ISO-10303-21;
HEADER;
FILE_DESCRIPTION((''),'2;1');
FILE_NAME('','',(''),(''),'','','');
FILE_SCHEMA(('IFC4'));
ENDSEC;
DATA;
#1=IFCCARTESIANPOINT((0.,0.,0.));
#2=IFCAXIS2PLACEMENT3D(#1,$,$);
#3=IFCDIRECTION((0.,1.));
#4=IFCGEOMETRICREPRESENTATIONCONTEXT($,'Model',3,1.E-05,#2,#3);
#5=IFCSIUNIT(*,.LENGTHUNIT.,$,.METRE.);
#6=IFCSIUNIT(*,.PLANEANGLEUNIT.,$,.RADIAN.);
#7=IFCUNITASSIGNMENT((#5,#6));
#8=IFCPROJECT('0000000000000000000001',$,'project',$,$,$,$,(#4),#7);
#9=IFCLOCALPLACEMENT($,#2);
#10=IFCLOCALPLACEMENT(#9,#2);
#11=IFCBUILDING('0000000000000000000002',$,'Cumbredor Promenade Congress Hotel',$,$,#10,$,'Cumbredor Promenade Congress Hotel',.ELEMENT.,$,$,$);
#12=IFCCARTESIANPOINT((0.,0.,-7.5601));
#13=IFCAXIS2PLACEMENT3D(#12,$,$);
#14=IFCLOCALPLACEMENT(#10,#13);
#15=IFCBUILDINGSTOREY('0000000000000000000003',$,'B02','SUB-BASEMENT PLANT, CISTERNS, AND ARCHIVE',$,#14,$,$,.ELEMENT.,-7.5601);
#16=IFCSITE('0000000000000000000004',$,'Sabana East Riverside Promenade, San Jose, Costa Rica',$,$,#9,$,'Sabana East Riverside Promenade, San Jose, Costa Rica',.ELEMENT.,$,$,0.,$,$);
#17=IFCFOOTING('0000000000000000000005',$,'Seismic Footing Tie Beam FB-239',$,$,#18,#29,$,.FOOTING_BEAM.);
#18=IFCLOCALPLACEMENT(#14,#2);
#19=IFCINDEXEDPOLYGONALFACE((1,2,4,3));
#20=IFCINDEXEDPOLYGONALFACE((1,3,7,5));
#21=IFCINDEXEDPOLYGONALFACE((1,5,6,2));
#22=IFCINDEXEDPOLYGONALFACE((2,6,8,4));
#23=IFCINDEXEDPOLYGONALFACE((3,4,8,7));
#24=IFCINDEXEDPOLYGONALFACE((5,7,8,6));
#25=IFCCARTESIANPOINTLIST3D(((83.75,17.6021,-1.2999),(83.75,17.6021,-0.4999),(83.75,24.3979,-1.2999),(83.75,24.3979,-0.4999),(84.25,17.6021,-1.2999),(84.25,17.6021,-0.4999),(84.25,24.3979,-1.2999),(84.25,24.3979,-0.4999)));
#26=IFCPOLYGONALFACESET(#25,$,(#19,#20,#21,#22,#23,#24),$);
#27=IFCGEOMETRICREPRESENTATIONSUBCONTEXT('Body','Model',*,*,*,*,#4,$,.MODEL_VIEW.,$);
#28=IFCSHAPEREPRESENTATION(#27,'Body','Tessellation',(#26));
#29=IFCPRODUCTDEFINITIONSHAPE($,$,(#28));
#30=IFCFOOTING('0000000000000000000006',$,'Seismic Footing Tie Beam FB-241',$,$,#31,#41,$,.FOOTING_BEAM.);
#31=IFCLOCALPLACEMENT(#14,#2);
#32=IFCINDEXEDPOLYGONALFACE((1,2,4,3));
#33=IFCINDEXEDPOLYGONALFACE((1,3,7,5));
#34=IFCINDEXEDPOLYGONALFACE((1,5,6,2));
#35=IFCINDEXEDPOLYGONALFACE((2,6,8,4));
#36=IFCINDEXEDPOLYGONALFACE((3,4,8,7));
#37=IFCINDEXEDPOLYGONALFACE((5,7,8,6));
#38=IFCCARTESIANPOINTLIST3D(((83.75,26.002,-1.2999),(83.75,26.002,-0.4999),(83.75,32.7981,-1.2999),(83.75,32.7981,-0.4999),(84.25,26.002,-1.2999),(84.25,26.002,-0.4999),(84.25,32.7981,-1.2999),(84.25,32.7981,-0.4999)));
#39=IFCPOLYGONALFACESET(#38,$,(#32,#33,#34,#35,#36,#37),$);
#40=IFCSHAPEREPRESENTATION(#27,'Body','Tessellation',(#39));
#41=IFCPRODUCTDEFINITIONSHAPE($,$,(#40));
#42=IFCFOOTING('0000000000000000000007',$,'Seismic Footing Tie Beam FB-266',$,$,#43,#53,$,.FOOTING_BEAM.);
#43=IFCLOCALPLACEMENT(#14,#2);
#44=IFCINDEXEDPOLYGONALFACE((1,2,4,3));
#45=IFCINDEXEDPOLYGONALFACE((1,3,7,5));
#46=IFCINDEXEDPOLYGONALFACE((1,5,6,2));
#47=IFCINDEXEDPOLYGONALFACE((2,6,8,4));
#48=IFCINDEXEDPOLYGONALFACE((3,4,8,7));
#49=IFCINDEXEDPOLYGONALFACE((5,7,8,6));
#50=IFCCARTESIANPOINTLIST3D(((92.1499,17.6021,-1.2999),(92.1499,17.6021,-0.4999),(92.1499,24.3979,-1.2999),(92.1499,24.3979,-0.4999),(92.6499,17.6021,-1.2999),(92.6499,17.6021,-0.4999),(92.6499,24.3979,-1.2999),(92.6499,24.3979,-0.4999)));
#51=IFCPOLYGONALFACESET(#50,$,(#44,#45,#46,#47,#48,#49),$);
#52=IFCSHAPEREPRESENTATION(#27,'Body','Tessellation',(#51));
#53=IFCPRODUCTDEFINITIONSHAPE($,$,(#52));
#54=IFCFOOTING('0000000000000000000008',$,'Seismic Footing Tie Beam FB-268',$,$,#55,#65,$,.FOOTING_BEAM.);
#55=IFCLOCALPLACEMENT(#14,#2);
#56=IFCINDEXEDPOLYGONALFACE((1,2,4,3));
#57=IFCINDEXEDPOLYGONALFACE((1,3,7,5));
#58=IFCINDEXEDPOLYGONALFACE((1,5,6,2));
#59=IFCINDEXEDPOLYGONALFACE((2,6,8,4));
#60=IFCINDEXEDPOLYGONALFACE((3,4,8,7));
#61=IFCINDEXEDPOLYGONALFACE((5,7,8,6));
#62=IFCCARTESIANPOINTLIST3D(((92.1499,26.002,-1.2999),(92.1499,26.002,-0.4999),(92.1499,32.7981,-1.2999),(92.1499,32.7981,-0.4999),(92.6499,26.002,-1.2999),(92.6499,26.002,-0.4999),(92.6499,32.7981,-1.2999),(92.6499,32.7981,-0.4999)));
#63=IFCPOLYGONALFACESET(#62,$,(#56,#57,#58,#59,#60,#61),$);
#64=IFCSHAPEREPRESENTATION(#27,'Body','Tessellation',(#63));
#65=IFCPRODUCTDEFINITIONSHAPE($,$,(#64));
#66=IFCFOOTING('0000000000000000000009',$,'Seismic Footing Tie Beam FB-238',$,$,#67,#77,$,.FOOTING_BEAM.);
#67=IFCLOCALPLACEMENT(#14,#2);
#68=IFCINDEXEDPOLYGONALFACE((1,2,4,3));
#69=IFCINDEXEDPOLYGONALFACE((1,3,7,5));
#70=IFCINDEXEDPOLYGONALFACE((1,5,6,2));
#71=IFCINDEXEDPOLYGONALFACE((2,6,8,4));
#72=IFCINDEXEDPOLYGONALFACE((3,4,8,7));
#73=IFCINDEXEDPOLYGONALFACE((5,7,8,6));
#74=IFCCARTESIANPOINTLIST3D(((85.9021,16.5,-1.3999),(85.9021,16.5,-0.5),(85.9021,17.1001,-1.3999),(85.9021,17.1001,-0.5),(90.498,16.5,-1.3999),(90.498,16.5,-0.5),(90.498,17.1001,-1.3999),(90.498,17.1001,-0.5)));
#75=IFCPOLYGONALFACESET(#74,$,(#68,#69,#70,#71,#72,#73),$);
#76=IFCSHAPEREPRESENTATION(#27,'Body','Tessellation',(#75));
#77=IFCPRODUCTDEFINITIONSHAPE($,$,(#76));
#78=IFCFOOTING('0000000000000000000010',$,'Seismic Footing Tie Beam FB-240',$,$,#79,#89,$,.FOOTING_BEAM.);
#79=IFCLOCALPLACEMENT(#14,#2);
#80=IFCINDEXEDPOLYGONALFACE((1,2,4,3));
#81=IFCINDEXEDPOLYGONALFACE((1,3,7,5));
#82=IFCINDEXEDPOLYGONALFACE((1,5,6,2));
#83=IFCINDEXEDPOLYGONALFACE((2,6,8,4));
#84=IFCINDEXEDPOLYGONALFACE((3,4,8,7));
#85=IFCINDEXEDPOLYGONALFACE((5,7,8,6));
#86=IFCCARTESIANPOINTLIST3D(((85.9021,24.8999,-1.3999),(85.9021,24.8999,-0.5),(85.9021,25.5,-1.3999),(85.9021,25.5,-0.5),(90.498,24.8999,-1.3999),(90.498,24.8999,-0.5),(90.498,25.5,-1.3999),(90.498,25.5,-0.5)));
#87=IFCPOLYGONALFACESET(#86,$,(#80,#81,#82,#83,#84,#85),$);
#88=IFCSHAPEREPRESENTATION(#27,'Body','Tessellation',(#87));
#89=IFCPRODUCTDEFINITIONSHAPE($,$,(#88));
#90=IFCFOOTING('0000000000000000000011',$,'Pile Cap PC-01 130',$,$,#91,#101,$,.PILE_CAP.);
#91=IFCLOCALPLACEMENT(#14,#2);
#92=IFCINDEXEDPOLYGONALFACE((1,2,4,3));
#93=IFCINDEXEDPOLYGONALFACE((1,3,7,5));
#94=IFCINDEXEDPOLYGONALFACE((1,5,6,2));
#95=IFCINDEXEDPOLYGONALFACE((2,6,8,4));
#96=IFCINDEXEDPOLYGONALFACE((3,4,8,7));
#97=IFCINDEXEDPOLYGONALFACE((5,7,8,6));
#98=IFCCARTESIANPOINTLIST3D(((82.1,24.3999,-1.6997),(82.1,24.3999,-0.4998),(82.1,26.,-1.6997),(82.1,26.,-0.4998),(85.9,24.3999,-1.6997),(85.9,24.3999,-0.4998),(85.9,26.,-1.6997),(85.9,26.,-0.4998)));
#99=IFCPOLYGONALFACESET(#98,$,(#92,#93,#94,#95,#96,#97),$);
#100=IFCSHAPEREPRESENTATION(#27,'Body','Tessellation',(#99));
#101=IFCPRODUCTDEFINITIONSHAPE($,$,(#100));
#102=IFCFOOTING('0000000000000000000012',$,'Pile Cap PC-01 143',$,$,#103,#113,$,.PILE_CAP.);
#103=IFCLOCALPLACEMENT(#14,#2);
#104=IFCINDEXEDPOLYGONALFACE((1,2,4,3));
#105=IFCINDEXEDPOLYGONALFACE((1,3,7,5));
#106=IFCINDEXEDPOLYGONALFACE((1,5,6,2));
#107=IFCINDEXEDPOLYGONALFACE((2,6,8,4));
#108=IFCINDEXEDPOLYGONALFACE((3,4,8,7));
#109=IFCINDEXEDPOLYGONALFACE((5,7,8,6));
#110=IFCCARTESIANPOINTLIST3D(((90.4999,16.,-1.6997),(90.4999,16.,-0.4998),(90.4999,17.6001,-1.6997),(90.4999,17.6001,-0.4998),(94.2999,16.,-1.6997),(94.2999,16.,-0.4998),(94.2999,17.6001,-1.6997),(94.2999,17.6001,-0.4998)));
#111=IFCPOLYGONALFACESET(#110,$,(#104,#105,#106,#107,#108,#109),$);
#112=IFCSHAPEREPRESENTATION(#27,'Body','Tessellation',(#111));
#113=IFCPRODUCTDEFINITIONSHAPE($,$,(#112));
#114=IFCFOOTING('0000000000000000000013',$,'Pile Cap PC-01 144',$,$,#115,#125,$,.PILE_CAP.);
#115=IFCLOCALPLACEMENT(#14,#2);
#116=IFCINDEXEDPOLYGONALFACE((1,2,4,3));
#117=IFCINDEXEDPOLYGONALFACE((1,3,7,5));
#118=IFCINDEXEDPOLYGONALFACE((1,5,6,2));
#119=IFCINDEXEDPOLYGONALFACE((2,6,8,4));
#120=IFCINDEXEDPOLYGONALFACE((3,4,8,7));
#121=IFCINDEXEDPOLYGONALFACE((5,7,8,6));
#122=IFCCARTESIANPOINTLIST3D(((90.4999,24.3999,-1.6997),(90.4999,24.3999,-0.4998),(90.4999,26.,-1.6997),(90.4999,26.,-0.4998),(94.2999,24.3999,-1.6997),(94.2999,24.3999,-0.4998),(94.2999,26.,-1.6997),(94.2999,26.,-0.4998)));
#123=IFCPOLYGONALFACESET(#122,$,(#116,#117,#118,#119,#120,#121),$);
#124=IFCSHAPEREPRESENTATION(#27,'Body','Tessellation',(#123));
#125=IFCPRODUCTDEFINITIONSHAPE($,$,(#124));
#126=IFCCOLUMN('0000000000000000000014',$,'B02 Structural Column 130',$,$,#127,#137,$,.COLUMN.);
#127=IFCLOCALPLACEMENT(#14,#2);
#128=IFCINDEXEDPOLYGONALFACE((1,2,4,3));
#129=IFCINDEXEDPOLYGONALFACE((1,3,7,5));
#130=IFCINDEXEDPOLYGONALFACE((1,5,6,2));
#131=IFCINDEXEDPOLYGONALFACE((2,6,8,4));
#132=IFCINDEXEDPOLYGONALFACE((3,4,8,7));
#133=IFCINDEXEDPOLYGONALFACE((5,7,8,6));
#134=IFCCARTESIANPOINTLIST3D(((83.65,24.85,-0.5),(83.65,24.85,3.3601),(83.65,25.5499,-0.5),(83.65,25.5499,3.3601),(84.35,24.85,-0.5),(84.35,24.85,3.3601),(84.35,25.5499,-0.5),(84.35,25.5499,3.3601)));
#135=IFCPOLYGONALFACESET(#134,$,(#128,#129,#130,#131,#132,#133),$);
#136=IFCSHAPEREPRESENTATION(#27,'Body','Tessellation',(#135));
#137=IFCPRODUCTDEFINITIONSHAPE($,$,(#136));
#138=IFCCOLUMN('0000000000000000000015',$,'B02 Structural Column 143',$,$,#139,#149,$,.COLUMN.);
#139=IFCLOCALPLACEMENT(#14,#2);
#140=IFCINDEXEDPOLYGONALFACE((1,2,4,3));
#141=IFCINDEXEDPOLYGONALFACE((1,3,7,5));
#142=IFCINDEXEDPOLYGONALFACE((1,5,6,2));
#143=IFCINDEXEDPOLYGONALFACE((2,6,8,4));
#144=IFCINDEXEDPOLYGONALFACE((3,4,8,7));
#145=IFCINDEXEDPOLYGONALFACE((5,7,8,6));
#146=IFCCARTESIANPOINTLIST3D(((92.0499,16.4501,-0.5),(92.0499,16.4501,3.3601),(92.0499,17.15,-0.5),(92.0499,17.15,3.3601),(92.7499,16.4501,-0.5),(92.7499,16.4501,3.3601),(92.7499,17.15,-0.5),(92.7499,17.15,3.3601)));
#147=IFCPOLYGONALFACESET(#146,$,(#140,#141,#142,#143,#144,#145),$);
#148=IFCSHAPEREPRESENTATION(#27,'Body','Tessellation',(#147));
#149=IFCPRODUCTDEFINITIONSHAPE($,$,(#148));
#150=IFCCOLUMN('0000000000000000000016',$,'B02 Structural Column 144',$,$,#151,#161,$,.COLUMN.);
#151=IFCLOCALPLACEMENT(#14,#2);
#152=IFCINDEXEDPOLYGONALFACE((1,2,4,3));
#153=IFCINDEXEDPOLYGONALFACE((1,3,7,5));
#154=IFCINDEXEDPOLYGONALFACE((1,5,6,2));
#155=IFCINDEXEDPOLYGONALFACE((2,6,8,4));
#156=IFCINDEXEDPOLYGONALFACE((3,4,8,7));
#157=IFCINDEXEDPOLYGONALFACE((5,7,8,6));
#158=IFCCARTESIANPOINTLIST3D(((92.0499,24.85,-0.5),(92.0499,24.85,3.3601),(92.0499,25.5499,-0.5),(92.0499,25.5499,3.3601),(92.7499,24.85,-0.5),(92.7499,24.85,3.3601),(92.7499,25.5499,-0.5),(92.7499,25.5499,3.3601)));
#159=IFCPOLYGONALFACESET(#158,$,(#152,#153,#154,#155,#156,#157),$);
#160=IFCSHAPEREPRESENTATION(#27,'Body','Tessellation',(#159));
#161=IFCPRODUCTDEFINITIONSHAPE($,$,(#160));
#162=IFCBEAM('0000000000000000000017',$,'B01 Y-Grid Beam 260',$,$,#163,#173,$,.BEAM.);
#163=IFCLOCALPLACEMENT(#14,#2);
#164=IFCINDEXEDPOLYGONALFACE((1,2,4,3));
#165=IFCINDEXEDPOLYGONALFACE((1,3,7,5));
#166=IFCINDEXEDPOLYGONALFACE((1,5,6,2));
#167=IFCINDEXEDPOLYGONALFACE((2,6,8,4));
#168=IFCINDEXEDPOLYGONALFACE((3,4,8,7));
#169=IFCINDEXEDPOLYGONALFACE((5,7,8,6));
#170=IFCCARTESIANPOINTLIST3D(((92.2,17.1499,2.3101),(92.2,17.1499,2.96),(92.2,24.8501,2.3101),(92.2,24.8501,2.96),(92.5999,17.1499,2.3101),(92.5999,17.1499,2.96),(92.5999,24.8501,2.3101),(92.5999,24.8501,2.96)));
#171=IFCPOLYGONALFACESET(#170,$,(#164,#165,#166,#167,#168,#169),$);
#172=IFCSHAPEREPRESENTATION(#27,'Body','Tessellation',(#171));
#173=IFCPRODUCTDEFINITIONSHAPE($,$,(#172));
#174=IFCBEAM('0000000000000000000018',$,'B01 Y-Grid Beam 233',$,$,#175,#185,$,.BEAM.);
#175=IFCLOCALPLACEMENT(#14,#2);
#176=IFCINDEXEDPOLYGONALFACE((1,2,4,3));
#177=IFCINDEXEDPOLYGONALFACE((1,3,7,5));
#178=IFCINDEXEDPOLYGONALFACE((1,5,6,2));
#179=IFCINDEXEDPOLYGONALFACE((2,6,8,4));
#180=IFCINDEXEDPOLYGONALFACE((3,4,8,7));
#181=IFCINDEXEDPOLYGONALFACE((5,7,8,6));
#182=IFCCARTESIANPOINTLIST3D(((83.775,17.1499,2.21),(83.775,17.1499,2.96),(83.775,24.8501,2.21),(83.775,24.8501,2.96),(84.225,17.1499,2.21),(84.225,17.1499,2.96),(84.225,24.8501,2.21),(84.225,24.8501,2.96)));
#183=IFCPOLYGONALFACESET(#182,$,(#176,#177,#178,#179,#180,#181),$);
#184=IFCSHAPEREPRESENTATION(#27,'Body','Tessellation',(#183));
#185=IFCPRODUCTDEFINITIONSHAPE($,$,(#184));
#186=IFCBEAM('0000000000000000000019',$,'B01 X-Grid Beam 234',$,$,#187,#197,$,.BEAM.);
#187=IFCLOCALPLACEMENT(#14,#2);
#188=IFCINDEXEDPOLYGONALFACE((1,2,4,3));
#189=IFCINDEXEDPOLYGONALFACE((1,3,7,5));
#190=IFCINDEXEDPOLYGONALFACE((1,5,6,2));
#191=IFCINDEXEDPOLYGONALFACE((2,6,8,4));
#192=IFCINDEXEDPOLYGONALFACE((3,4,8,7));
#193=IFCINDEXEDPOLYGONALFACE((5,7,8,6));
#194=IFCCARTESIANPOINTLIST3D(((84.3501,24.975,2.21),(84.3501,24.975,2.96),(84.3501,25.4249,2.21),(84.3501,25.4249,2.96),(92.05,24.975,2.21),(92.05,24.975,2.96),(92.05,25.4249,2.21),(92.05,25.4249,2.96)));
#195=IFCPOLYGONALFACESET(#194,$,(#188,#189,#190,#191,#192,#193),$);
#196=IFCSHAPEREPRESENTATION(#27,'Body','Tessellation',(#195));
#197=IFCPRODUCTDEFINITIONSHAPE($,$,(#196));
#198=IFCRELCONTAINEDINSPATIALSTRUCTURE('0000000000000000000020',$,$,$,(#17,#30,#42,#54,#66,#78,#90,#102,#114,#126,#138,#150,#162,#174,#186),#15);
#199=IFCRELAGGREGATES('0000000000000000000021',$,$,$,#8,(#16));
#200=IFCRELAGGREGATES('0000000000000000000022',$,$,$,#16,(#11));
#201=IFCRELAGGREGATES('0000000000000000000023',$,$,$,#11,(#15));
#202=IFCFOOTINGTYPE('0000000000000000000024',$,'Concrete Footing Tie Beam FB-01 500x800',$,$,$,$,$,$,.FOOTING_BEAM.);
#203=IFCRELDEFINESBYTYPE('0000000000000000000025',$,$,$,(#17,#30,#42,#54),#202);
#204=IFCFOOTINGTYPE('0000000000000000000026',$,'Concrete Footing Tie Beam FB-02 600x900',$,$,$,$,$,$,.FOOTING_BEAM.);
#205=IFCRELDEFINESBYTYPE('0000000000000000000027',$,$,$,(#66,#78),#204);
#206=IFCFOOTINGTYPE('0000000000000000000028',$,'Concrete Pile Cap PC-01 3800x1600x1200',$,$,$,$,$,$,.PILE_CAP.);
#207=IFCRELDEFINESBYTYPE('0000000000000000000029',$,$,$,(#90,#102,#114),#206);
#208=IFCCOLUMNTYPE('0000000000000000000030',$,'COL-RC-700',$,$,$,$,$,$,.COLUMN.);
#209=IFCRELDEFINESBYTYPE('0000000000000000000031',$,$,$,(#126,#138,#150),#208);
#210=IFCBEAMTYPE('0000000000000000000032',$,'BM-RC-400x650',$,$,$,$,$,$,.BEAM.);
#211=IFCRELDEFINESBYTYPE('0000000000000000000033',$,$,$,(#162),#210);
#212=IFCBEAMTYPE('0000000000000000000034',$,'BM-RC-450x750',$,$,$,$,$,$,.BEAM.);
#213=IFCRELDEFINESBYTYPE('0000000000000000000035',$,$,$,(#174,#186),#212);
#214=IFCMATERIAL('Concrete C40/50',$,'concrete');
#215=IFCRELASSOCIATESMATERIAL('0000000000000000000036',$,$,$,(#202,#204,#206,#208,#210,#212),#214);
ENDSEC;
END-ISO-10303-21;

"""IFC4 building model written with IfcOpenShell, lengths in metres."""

from ifc_helpers import new_model, si_unit, direction, frame, origin, origin_2d, place, context, subcontext, project, spatial, rectangle, extrude, material, material_profile, profile_set, type_object, element, save


model = new_model("IFC4")

# Units and contexts
model_context = context("Model", 3, precision=1e-05, world=origin(), true_north=direction((0.0, 1.0)))
body_context = subcontext(model_context, "Body", "Model", "MODEL_VIEW")
ifc_project = project(units=[si_unit("LENGTHUNIT", "METRE"), si_unit("PLANEANGLEUNIT", "RADIAN")], contexts=[model_context])

# Site, building, storey
site_placement = place(None, origin())
site = spatial("IfcSite", under=ifc_project, at=site_placement, Name="Sabana East Riverside Promenade, San Jose, Costa Rica", LongName="Sabana East Riverside Promenade, San Jose, Costa Rica", CompositionType="ELEMENT", RefElevation=0.0)
building_placement = place(site_placement, origin())
building = spatial("IfcBuilding", under=site, at=building_placement, Name="Cumbredor Promenade Congress Hotel", LongName="Cumbredor Promenade Congress Hotel", CompositionType="ELEMENT")
storey_placement = place(building_placement, frame((0.0, 0.0, -7.5601)))
storey = spatial("IfcBuildingStorey", under=building, at=storey_placement, Name="B02", Description="SUB-BASEMENT PLANT, CISTERNS, AND ARCHIVE", CompositionType="ELEMENT", Elevation=-7.5601)

# Shared definitions
ifc_material_1 = material(Name="Concrete C40/50", Category="concrete")

# Footings
ifc_material_profile_1 = material_profile(ifc_material_1, rectangle(XDim=0.5, YDim=0.8, at=origin_2d()), Name="FB 500x800")
ifc_profile_set_1 = profile_set([ifc_material_profile_1], Name="Concrete C40/50")
footing_type_1 = type_object("IfcFootingType", Name="Concrete Footing Tie Beam FB-01 500x800", PredefinedType="FOOTING_BEAM", material=ifc_profile_set_1)
footing_1_placement = place(storey_placement, frame((84.0, 17.6021, -0.8999), z_axis=(0.0, 1.0, 0.0), x_axis=(-1.0, 0.0, 0.0)))
element("IfcFooting", 1, at=footing_1_placement, inside=storey, type_object=footing_type_1, Name="Seismic Footing Tie Beam FB-239", PredefinedType="FOOTING_BEAM", context=body_context, shape_type="SweptSolid", body=[
    extrude(rectangle(XDim=0.5, YDim=0.8, at=origin_2d()), origin(), (0.0, 0.0, 1.0), 6.7959),
])
footing_2_placement = place(storey_placement, frame((84.0, 26.002, -0.8999), z_axis=(0.0, 1.0, 0.0), x_axis=(-1.0, 0.0, 0.0)))
element("IfcFooting", 2, at=footing_2_placement, inside=storey, type_object=footing_type_1, Name="Seismic Footing Tie Beam FB-241", PredefinedType="FOOTING_BEAM", context=body_context, shape_type="SweptSolid", body=[
    extrude(rectangle(XDim=0.5, YDim=0.8, at=origin_2d()), origin(), (0.0, 0.0, 1.0), 6.7961),
])
footing_3_placement = place(storey_placement, frame((92.3999, 17.6021, -0.8999), z_axis=(0.0, 1.0, 0.0), x_axis=(-1.0, 0.0, 0.0)))
element("IfcFooting", 3, at=footing_3_placement, inside=storey, type_object=footing_type_1, Name="Seismic Footing Tie Beam FB-266", PredefinedType="FOOTING_BEAM", context=body_context, shape_type="SweptSolid", body=[
    extrude(rectangle(XDim=0.5, YDim=0.8, at=origin_2d()), origin(), (0.0, 0.0, 1.0), 6.7959),
])
footing_4_placement = place(storey_placement, frame((92.3999, 26.002, -0.8999), z_axis=(0.0, 1.0, 0.0), x_axis=(-1.0, 0.0, 0.0)))
element("IfcFooting", 4, at=footing_4_placement, inside=storey, type_object=footing_type_1, Name="Seismic Footing Tie Beam FB-268", PredefinedType="FOOTING_BEAM", context=body_context, shape_type="SweptSolid", body=[
    extrude(rectangle(XDim=0.5, YDim=0.8, at=origin_2d()), origin(), (0.0, 0.0, 1.0), 6.7961),
])
ifc_material_profile_2 = material_profile(ifc_material_1, rectangle(XDim=0.6001, YDim=0.8999, at=origin_2d()), Name="FB 600x900")
ifc_profile_set_2 = profile_set([ifc_material_profile_2], Name="Concrete C40/50")
footing_type_2 = type_object("IfcFootingType", Name="Concrete Footing Tie Beam FB-02 600x900", PredefinedType="FOOTING_BEAM", material=ifc_profile_set_2)
for number, where, z_axis, x_axis, name in (
    (5, (85.9021, 16.8, -0.95), (1.0, 0.0, 0.0), (0.0, 1.0, 0.0), "Seismic Footing Tie Beam FB-238"),
    (6, (85.9021, 25.2, -0.95), (1.0, 0.0, 0.0), (0.0, 1.0, 0.0), "Seismic Footing Tie Beam FB-240"),
):
    element("IfcFooting", number, at=place(storey_placement, frame(where, z_axis=z_axis, x_axis=x_axis)), inside=storey, type_object=footing_type_2, Name=name, PredefinedType="FOOTING_BEAM", context=body_context, shape_type="SweptSolid", body=[
        extrude(rectangle(XDim=0.6001, YDim=0.8999, at=origin_2d()), origin(), (0.0, 0.0, 1.0), 4.5959),
    ])
footing_type_3 = type_object("IfcFootingType", Name="Concrete Pile Cap PC-01 3800x1600x1200", PredefinedType="PILE_CAP", material=ifc_material_1)
for number, where, z_axis, x_axis, name in (
    (7, (84.0, 25.2, -1.6997), (0.0, 0.0, 1.0), (1.0, 0.0, 0.0), "Pile Cap PC-01 130"),
    (8, (92.3999, 16.8, -1.6997), (0.0, 0.0, 1.0), (1.0, 0.0, 0.0), "Pile Cap PC-01 143"),
    (9, (92.3999, 25.2, -1.6997), (0.0, 0.0, 1.0), (1.0, 0.0, 0.0), "Pile Cap PC-01 144"),
):
    element("IfcFooting", number, at=place(storey_placement, frame(where, z_axis=z_axis, x_axis=x_axis)), inside=storey, type_object=footing_type_3, Name=name, PredefinedType="PILE_CAP", context=body_context, shape_type="SweptSolid", body=[
        extrude(rectangle(XDim=3.8, YDim=1.6001, at=origin_2d()), origin(), (0.0, 0.0, 1.0), 1.2),
    ])

# Columns
ifc_material_profile_3 = material_profile(ifc_material_1, rectangle(XDim=0.7, YDim=0.7, at=origin_2d()), Name="RC 700x700")
ifc_profile_set_3 = profile_set([ifc_material_profile_3], Name="Concrete C40/50")
column_type = type_object("IfcColumnType", Name="COL-RC-700", PredefinedType="COLUMN", material=ifc_profile_set_3)
for number, where, z_axis, x_axis, name in (
    (10, (84.0, 25.2, -0.5), (0.0, 0.0, 1.0), (1.0, 0.0, 0.0), "B02 Structural Column 130"),
    (11, (92.3999, 16.8, -0.5), (0.0, 0.0, 1.0), (1.0, 0.0, 0.0), "B02 Structural Column 143"),
    (12, (92.3999, 25.2, -0.5), (0.0, 0.0, 1.0), (1.0, 0.0, 0.0), "B02 Structural Column 144"),
):
    element("IfcColumn", number, at=place(storey_placement, frame(where, z_axis=z_axis, x_axis=x_axis)), inside=storey, type_object=column_type, Name=name, PredefinedType="COLUMN", context=body_context, shape_type="SweptSolid", body=[
        extrude(rectangle(XDim=0.7, YDim=0.7, at=origin_2d()), origin(), (0.0, 0.0, 1.0), 3.8601),
    ])

# Beams
ifc_material_profile_4 = material_profile(ifc_material_1, rectangle(XDim=0.3999, YDim=0.6499, at=origin_2d()), Name="RC BEAM 400x650")
ifc_profile_set_4 = profile_set([ifc_material_profile_4], Name="Concrete C40/50")
beam_type_1 = type_object("IfcBeamType", Name="BM-RC-400x650", PredefinedType="BEAM", material=ifc_profile_set_4)
beam_1_placement = place(storey_placement, frame((92.3999, 17.1499, 2.635), z_axis=(0.0, 1.0, 0.0), x_axis=(-1.0, 0.0, 0.0)))
element("IfcBeam", 13, at=beam_1_placement, inside=storey, type_object=beam_type_1, Name="B01 Y-Grid Beam 260", PredefinedType="BEAM", context=body_context, shape_type="SweptSolid", body=[
    extrude(rectangle(XDim=0.3999, YDim=0.6499, at=origin_2d()), origin(), (0.0, 0.0, 1.0), 7.7002),
])
ifc_material_profile_5 = material_profile(ifc_material_1, rectangle(XDim=0.45, YDim=0.75, at=origin_2d()), Name="RC BEAM 450x750")
ifc_profile_set_5 = profile_set([ifc_material_profile_5], Name="Concrete C40/50")
beam_type_2 = type_object("IfcBeamType", Name="BM-RC-450x750", PredefinedType="BEAM", material=ifc_profile_set_5)
beam_2_placement = place(storey_placement, frame((84.0, 17.1499, 2.585), z_axis=(0.0, 1.0, 0.0), x_axis=(-1.0, 0.0, 0.0)))
element("IfcBeam", 14, at=beam_2_placement, inside=storey, type_object=beam_type_2, Name="B01 Y-Grid Beam 233", PredefinedType="BEAM", context=body_context, shape_type="SweptSolid", body=[
    extrude(rectangle(XDim=0.45, YDim=0.75, at=origin_2d()), origin(), (0.0, 0.0, 1.0), 7.7002),
])
beam_3_placement = place(storey_placement, frame((84.3501, 25.2, 2.585), z_axis=(1.0, 0.0, 0.0), x_axis=(0.0, 1.0, 0.0)))
element("IfcBeam", 15, at=beam_3_placement, inside=storey, type_object=beam_type_2, Name="B01 X-Grid Beam 234", PredefinedType="BEAM", context=body_context, shape_type="SweptSolid", body=[
    extrude(rectangle(XDim=0.45, YDim=0.75, at=origin_2d()), origin(), (0.0, 0.0, 1.0), 7.7),
])

save(model, "model.ifc")
